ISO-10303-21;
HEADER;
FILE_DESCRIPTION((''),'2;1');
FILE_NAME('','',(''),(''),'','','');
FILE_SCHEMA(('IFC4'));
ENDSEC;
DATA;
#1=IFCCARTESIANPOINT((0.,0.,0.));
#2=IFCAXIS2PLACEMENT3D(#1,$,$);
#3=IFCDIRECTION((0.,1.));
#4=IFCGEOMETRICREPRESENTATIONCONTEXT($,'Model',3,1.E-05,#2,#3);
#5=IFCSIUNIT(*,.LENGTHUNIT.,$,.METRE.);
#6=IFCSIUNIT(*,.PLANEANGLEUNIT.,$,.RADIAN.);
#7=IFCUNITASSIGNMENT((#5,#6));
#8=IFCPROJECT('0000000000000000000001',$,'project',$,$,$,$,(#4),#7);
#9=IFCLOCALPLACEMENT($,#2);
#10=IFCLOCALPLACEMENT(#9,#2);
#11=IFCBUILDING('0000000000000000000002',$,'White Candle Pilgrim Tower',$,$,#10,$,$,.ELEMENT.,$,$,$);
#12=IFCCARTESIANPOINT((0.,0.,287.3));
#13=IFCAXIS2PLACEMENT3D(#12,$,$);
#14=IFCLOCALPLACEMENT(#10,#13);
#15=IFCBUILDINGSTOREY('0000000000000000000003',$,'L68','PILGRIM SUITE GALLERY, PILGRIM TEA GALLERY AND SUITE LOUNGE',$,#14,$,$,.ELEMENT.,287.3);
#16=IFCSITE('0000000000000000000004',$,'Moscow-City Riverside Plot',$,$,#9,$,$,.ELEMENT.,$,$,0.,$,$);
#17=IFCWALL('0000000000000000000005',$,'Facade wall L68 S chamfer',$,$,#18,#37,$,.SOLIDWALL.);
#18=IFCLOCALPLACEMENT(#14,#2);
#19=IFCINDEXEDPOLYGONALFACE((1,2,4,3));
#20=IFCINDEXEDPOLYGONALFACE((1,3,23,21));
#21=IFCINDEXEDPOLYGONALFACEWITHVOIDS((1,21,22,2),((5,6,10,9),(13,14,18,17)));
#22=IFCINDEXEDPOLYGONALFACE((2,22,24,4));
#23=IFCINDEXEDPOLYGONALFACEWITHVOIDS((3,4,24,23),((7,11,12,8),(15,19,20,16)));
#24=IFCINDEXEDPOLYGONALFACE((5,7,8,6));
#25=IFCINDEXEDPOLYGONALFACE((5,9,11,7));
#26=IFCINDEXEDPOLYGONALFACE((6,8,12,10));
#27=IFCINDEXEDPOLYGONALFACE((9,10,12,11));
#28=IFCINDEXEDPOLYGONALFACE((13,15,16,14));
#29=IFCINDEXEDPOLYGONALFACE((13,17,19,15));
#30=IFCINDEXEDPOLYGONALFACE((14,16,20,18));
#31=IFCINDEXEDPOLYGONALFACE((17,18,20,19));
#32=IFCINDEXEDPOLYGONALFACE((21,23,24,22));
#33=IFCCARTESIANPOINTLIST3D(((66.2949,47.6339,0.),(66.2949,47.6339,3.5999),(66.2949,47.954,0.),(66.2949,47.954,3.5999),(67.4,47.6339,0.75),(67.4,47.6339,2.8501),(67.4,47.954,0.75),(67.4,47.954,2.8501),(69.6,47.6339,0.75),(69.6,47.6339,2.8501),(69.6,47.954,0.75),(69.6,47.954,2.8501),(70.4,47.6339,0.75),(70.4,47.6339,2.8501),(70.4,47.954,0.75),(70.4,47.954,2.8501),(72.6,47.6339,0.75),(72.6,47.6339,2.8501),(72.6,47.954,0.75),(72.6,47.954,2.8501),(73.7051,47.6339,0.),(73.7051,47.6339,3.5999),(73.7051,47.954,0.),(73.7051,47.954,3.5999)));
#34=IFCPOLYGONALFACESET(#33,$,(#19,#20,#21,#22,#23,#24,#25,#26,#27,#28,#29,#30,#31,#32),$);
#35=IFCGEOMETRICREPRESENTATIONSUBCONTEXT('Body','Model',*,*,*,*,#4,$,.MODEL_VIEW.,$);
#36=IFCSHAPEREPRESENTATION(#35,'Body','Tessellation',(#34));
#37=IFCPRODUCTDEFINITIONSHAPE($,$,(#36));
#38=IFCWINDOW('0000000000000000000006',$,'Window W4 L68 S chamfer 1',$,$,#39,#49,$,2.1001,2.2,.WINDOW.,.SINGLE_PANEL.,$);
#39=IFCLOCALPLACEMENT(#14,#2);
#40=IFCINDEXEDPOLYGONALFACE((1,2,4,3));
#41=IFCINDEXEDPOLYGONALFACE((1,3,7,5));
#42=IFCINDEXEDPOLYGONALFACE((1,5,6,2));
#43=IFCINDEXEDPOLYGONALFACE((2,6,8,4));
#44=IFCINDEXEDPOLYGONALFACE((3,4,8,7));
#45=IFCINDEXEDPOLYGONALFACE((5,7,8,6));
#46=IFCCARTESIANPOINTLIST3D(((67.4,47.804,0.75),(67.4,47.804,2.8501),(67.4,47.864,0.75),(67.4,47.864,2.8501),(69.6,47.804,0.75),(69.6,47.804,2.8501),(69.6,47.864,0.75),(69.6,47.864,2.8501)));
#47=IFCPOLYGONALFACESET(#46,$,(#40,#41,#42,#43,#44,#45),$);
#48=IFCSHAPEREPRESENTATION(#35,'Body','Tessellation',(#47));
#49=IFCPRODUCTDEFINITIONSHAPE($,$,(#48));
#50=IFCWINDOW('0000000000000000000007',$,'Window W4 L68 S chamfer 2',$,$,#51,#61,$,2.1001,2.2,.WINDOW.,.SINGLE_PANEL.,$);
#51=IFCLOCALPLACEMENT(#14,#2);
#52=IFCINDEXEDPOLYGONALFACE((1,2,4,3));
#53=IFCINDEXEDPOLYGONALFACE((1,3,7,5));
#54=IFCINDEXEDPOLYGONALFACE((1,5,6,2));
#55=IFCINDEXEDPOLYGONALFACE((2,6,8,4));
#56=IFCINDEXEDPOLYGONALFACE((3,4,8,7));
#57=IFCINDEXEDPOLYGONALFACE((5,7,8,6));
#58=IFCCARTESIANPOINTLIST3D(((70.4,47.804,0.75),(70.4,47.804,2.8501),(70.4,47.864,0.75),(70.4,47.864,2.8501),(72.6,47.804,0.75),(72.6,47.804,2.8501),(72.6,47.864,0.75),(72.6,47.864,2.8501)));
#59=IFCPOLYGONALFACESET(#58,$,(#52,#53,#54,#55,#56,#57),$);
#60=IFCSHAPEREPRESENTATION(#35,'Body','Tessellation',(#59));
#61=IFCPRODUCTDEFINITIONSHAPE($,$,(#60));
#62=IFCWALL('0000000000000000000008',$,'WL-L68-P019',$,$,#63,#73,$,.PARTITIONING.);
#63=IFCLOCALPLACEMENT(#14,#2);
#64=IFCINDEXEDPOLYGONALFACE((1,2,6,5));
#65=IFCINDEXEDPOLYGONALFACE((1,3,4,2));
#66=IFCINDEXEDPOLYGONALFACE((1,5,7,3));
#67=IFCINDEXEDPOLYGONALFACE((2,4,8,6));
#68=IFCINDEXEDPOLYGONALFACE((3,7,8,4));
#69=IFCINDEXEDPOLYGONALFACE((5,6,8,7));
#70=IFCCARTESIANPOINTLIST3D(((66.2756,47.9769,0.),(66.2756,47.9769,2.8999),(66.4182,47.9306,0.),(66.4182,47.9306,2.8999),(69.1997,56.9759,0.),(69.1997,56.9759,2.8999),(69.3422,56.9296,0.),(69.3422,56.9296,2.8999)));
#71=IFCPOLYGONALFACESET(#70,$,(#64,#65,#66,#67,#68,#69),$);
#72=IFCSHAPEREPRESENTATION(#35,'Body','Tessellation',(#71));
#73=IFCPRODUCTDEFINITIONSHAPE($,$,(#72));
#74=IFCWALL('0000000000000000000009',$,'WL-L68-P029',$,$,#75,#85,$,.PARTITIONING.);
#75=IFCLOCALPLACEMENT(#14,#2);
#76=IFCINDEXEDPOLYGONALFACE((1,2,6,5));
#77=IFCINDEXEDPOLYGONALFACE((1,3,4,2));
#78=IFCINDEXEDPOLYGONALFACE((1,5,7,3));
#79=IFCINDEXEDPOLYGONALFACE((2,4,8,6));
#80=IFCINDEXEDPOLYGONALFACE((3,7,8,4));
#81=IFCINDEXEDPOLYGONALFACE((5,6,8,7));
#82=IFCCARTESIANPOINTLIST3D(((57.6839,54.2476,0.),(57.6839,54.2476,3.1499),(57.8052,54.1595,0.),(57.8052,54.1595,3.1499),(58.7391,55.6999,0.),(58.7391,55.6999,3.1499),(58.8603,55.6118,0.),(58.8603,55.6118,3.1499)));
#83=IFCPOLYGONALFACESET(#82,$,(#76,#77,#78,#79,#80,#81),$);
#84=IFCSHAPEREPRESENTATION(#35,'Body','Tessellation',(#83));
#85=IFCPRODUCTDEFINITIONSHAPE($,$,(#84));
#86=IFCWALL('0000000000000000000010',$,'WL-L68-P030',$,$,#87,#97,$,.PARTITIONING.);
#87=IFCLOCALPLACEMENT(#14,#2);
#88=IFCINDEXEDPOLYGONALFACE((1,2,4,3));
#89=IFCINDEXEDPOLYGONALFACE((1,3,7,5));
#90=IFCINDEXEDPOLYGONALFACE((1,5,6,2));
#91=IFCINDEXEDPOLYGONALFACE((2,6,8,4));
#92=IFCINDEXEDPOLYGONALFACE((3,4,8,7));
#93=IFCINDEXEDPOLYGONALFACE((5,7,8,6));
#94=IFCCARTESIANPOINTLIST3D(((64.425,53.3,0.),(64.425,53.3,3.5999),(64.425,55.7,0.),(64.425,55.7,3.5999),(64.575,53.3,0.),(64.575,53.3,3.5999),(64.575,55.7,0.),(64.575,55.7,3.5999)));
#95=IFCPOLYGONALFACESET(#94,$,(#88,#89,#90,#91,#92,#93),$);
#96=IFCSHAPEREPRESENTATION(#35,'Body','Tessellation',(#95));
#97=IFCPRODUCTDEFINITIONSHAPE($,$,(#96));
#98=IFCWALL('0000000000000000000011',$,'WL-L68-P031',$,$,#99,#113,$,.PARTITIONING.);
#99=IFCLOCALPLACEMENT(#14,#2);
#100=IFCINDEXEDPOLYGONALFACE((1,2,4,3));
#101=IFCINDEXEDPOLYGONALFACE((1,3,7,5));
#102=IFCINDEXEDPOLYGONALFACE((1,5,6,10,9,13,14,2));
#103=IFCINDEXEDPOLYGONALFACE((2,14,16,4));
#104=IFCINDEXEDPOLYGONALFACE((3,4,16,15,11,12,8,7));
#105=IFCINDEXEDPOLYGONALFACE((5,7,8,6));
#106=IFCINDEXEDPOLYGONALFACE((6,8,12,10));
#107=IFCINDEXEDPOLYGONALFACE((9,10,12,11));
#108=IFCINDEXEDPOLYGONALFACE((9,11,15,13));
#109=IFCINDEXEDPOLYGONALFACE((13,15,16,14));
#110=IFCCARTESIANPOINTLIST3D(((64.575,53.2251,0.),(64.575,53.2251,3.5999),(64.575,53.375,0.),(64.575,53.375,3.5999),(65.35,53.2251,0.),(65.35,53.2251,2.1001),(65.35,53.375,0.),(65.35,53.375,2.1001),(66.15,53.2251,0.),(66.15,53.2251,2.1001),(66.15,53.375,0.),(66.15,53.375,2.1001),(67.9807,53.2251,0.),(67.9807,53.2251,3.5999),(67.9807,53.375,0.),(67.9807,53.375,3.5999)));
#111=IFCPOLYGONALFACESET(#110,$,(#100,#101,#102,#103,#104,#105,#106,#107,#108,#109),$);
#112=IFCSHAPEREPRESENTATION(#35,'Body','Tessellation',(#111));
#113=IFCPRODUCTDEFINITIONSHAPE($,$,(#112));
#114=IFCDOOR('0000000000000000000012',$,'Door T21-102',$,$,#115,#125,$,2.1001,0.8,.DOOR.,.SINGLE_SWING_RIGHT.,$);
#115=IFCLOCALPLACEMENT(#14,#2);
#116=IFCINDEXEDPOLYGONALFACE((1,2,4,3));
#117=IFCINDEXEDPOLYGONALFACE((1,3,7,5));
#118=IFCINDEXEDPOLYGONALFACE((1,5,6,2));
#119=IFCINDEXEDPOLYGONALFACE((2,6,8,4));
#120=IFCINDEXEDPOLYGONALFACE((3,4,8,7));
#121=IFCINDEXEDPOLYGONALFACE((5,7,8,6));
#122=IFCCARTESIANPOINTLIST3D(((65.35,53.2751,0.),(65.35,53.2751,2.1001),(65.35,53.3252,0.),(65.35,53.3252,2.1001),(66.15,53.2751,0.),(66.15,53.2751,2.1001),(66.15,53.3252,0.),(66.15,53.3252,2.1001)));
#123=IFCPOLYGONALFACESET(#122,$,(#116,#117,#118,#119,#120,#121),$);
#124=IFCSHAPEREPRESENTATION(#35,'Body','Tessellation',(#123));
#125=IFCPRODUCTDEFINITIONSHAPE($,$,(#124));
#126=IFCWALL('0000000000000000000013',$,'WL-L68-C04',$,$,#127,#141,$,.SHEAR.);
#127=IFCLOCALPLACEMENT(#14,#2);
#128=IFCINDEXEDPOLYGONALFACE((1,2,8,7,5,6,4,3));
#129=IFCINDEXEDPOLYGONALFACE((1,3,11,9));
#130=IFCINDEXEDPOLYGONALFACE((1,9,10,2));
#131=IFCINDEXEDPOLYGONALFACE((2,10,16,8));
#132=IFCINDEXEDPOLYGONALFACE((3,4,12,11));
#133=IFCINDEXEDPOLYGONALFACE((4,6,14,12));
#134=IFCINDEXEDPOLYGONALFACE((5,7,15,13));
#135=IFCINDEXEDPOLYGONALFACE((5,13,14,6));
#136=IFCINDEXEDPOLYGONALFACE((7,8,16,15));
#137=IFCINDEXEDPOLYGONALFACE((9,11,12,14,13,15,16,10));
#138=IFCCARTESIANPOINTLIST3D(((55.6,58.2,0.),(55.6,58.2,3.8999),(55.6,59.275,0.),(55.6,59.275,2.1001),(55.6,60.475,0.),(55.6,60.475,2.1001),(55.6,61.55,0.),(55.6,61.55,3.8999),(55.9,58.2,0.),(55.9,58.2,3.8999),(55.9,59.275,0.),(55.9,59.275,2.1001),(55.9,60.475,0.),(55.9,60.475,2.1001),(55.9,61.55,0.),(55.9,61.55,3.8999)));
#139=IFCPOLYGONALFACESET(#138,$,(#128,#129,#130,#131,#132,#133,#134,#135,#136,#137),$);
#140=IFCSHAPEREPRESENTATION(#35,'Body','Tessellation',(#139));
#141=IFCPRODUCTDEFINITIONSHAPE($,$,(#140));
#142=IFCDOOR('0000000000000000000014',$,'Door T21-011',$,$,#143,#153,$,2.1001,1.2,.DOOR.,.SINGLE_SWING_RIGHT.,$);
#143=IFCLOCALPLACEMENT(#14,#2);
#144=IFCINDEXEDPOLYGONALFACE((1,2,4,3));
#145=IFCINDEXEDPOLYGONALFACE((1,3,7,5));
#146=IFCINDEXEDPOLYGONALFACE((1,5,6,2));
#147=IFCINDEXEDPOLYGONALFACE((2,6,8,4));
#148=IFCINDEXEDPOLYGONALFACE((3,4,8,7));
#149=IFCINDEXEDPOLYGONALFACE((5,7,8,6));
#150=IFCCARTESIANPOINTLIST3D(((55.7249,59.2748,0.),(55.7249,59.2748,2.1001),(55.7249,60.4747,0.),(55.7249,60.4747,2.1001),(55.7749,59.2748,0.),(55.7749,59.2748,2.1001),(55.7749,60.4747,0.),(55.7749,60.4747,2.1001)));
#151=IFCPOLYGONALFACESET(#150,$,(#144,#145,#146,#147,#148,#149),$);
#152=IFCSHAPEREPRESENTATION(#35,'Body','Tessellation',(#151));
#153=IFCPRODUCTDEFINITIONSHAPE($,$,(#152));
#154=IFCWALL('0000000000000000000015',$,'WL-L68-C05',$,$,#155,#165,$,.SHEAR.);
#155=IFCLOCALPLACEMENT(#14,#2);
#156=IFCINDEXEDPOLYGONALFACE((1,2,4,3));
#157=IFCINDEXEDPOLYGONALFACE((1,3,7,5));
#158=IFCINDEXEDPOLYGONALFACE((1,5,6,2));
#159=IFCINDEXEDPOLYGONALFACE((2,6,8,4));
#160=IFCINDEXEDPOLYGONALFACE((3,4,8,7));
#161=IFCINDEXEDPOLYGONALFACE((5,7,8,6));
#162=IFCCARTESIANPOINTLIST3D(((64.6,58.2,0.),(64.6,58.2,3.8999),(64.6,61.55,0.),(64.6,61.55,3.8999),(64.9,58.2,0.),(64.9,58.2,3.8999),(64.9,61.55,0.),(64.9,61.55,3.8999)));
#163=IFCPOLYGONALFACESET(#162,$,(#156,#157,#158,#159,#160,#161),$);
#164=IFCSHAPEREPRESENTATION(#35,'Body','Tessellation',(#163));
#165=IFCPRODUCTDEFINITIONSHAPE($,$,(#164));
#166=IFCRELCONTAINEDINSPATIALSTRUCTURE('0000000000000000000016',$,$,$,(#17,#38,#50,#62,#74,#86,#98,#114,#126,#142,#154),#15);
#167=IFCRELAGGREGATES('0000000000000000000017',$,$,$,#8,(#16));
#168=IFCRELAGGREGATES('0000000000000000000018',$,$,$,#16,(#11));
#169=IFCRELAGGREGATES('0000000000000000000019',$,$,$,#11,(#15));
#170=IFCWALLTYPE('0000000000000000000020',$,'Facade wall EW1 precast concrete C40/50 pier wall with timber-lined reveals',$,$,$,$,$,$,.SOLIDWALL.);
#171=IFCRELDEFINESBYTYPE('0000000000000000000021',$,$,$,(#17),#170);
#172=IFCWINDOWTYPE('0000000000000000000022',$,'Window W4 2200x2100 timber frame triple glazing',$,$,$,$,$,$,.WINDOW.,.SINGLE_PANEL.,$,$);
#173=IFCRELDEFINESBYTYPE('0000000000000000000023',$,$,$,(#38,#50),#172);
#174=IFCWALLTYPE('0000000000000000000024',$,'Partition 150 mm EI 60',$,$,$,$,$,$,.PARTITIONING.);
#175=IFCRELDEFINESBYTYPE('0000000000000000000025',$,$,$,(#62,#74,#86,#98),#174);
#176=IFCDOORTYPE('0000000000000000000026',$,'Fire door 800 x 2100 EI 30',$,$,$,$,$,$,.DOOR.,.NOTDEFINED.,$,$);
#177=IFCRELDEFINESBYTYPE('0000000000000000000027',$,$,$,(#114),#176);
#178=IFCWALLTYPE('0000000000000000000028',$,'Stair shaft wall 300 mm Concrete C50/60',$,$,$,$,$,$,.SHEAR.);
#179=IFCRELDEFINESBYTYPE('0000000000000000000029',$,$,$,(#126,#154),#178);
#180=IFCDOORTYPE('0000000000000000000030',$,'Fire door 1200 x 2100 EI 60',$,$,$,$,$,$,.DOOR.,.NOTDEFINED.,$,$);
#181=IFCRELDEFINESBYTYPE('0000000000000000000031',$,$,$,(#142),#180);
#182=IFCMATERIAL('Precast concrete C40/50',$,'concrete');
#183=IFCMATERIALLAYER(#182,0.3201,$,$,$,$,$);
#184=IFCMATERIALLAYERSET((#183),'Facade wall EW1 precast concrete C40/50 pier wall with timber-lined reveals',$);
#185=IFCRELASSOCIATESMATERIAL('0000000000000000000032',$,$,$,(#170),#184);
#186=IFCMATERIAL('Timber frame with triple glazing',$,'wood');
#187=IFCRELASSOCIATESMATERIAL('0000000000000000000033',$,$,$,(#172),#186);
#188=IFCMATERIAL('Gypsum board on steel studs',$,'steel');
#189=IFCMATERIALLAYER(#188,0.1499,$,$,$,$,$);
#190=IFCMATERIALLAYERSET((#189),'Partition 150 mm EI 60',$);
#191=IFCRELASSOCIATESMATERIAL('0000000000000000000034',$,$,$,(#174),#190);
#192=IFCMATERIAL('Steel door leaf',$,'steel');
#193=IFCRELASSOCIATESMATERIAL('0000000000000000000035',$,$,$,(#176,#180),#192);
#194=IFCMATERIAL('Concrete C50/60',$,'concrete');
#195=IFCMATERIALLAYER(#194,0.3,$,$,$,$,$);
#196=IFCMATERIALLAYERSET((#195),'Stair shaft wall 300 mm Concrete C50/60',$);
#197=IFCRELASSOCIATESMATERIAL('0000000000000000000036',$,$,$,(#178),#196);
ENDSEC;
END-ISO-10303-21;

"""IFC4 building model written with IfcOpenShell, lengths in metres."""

from ifc_helpers import new_model, si_unit, direction, frame, frame_2d, origin, place, context, subcontext, project, spatial, rectangle, extrude, material, layer, layer_set, type_object, element, fill, save


model = new_model("IFC4")

# Units and contexts
model_context = context("Model", 3, precision=1e-05, world=origin(), true_north=direction((0.0, 1.0)))
body_context = subcontext(model_context, "Body", "Model", "MODEL_VIEW")
ifc_project = project(units=[si_unit("LENGTHUNIT", "METRE"), si_unit("PLANEANGLEUNIT", "RADIAN")], contexts=[model_context])

# Site, building, storey
site_placement = place(None, origin())
site = spatial("IfcSite", under=ifc_project, at=site_placement, Name="Moscow-City Riverside Plot", CompositionType="ELEMENT", RefElevation=0.0)
building_placement = place(site_placement, origin())
building = spatial("IfcBuilding", under=site, at=building_placement, Name="White Candle Pilgrim Tower", CompositionType="ELEMENT")
storey_placement = place(building_placement, frame((0.0, 0.0, 287.3)))
storey = spatial("IfcBuildingStorey", under=building, at=storey_placement, Name="L68", Description="PILGRIM SUITE GALLERY, PILGRIM TEA GALLERY AND SUITE LOUNGE", CompositionType="ELEMENT", Elevation=287.3)

# Shared definitions
ifc_material_1 = material(Name="Concrete C50/60", Category="concrete")

# Shared definitions
ifc_material_2 = material(Name="Gypsum board on steel studs", Category="steel")
ifc_material_3 = material(Name="Steel door leaf", Category="steel")

# Wall, openings, windows
ifc_material_4 = material(Name="Precast concrete C40/50", Category="concrete")
ifc_layer_1 = layer(ifc_material_4, 0.3201)
ifc_layer_set_1 = layer_set([ifc_layer_1], Name="Facade wall EW1 precast concrete C40/50 pier wall with timber-lined reveals")
wall_type_1 = type_object("IfcWallType", Name="Facade wall EW1 precast concrete C40/50 pier wall with timber-lined reveals", PredefinedType="SOLIDWALL", material=ifc_layer_set_1)
wall_1_placement = place(storey_placement, frame((66.2949, 47.7939, 0.0), z_axis=(0.0, 0.0, 1.0), x_axis=(1.0, 0.0, 0.0)))
wall_1 = element("IfcWall", 1, at=wall_1_placement, inside=storey, type_object=wall_type_1, Name="Facade wall L68 S chamfer", PredefinedType="SOLIDWALL", context=body_context, shape_type="SweptSolid", body=[
    extrude(rectangle(XDim=7.4102, YDim=0.3201, at=frame_2d((3.7051, 0.0))), origin(), (0.0, 0.0, 1.0), 3.5999),
])
opening_1_placement = place(wall_1_placement, frame((1.105, 0.0, 0.75)))
opening_1 = element("IfcOpeningElement", 2, at=opening_1_placement, cuts=wall_1, PredefinedType="OPENING", context=body_context, shape_type="SweptSolid", body=[
    extrude(rectangle(XDim=2.2, YDim=2.1001, at=frame_2d((1.1001, 1.05))), frame((0.0, 0.1699, 0.0), z_axis=(0.0, -1.0, 0.0), x_axis=(1.0, 0.0, 0.0)), (0.0, 0.0, 1.0), 0.3401),
])
opening_2_placement = place(wall_1_placement, frame((4.105, 0.0, 0.75)))
opening_2 = element("IfcOpeningElement", 3, at=opening_2_placement, cuts=wall_1, PredefinedType="OPENING", context=body_context, shape_type="SweptSolid", body=[
    extrude(rectangle(XDim=2.2, YDim=2.1001, at=frame_2d((1.1001, 1.05))), frame((0.0, 0.1699, 0.0), z_axis=(0.0, -1.0, 0.0), x_axis=(1.0, 0.0, 0.0)), (0.0, 0.0, 1.0), 0.3401),
])
ifc_material_5 = material(Name="Timber frame with triple glazing", Category="wood")
window_type = type_object("IfcWindowType", Name="Window W4 2200x2100 timber frame triple glazing", PartitioningType="SINGLE_PANEL", PredefinedType="WINDOW", material=ifc_material_5)
window_1_placement = place(opening_1_placement, origin())
window_1 = element("IfcWindow", 4, at=window_1_placement, inside=storey, type_object=window_type, Name="Window W4 L68 S chamfer 1", OverallHeight=2.1001, OverallWidth=2.2, PartitioningType="SINGLE_PANEL", PredefinedType="WINDOW", context=body_context, shape_type="SweptSolid", body=[
    extrude(rectangle(XDim=2.2, YDim=2.1001, at=frame_2d((1.1001, 1.05))), frame((0.0, 0.0701, 0.0), z_axis=(0.0, -1.0, 0.0), x_axis=(1.0, 0.0, 0.0)), (0.0, 0.0, 1.0), 0.0601),
])
fill(opening_1, window_1)
window_2_placement = place(opening_2_placement, origin())
window_2 = element("IfcWindow", 5, at=window_2_placement, inside=storey, type_object=window_type, Name="Window W4 L68 S chamfer 2", OverallHeight=2.1001, OverallWidth=2.2, PartitioningType="SINGLE_PANEL", PredefinedType="WINDOW", context=body_context, shape_type="SweptSolid", body=[
    extrude(rectangle(XDim=2.2, YDim=2.1001, at=frame_2d((1.1001, 1.05))), frame((0.0, 0.0701, 0.0), z_axis=(0.0, -1.0, 0.0), x_axis=(1.0, 0.0, 0.0)), (0.0, 0.0, 1.0), 0.0601),
])
fill(opening_2, window_2)

# Walls
ifc_layer_2 = layer(ifc_material_2, 0.1499)
ifc_layer_set_2 = layer_set([ifc_layer_2], Name="Partition 150 mm EI 60")
wall_type_2 = type_object("IfcWallType", Name="Partition 150 mm EI 60", PredefinedType="PARTITIONING", material=ifc_layer_set_2)
wall_2_placement = place(storey_placement, frame((66.3469, 47.9539, 0.0), z_axis=(0.0, 0.0, 1.0), x_axis=(0.309028, 0.951053, 0.0)))
element("IfcWall", 6, at=wall_2_placement, inside=storey, type_object=wall_type_2, Name="WL-L68-P019", PredefinedType="PARTITIONING", context=body_context, shape_type="SweptSolid", body=[
    extrude(rectangle(XDim=9.4622, YDim=0.1499, at=frame_2d((4.731, 0.0))), origin(), (0.0, 0.0, 1.0), 2.8999),
])
wall_3_placement = place(storey_placement, frame((57.7446, 54.2036, 0.0), z_axis=(0.0, 0.0, 1.0), x_axis=(0.587767, 0.80903, 0.0)))
element("IfcWall", 7, at=wall_3_placement, inside=storey, type_object=wall_type_2, Name="WL-L68-P029", PredefinedType="PARTITIONING", context=body_context, shape_type="SweptSolid", body=[
    extrude(rectangle(XDim=1.7952, YDim=0.1499, at=frame_2d((0.8975, 0.0))), origin(), (0.0, 0.0, 1.0), 3.1499),
])
wall_4_placement = place(storey_placement, frame((64.5, 55.7, 0.0), z_axis=(0.0, 0.0, 1.0), x_axis=(0.0, -1.0, 0.0)))
element("IfcWall", 8, at=wall_4_placement, inside=storey, type_object=wall_type_2, Name="WL-L68-P030", PredefinedType="PARTITIONING", context=body_context, shape_type="SweptSolid", body=[
    extrude(rectangle(XDim=2.3999, YDim=0.1499, at=frame_2d((1.2, 0.0))), origin(), (0.0, 0.0, 1.0), 3.5999),
])

# Walls, openings, doors
wall_5_placement = place(storey_placement, frame((67.9807, 53.3, 0.0), z_axis=(0.0, 0.0, 1.0), x_axis=(-1.0, 0.0, 0.0)))
wall_5 = element("IfcWall", 9, at=wall_5_placement, inside=storey, type_object=wall_type_2, Name="WL-L68-P031", PredefinedType="PARTITIONING", context=body_context, shape_type="SweptSolid", body=[
    extrude(rectangle(XDim=3.4058, YDim=0.1499, at=frame_2d((1.7029, 0.0))), origin(), (0.0, 0.0, 1.0), 3.5999),
])
opening_3_placement = place(wall_5_placement, frame((1.8308, 0.0, 0.0)))
opening_3 = element("IfcOpeningElement", 10, at=opening_3_placement, cuts=wall_5, PredefinedType="OPENING", context=body_context, shape_type="SweptSolid", body=[
    extrude(rectangle(XDim=0.8, YDim=2.1001, at=frame_2d((0.3999, 1.05))), frame((0.0, 0.085, 0.0), z_axis=(0.0, -1.0, 0.0), x_axis=(1.0, 0.0, 0.0)), (0.0, 0.0, 1.0), 0.1699),
])
door_type_1 = type_object("IfcDoorType", Name="Fire door 800 x 2100 EI 30", OperationType="NOTDEFINED", PredefinedType="DOOR", material=ifc_material_3)
door_1_placement = place(opening_3_placement, origin())
door_1 = element("IfcDoor", 11, at=door_1_placement, inside=storey, type_object=door_type_1, Name="Door T21-102", OperationType="SINGLE_SWING_RIGHT", OverallHeight=2.1001, OverallWidth=0.8, PredefinedType="DOOR", context=body_context, shape_type="SweptSolid", body=[
    extrude(rectangle(XDim=0.8, YDim=2.1001, at=frame_2d((0.3999, 1.05))), frame((0.0, 0.0249, 0.0), z_axis=(0.0, -1.0, 0.0), x_axis=(1.0, 0.0, 0.0)), (0.0, 0.0, 1.0), 0.05),
])
fill(opening_3, door_1)
ifc_layer_3 = layer(ifc_material_1, 0.3)
ifc_layer_set_3 = layer_set([ifc_layer_3], Name="Stair shaft wall 300 mm Concrete C50/60")
wall_type_3 = type_object("IfcWallType", Name="Stair shaft wall 300 mm Concrete C50/60", PredefinedType="SHEAR", material=ifc_layer_set_3)
wall_6_placement = place(storey_placement, frame((55.75, 58.2, 0.0), z_axis=(0.0, 0.0, 1.0), x_axis=(0.0, 1.0, 0.0)))
wall_6 = element("IfcWall", 12, at=wall_6_placement, inside=storey, type_object=wall_type_3, Name="WL-L68-C04", PredefinedType="SHEAR", context=body_context, shape_type="SweptSolid", body=[
    extrude(rectangle(XDim=3.3501, YDim=0.3, at=frame_2d((1.675, 0.0))), origin(), (0.0, 0.0, 1.0), 3.8999),
])
opening_4_placement = place(wall_6_placement, frame((1.075, 0.0, 0.0)))
opening_4 = element("IfcOpeningElement", 13, at=opening_4_placement, cuts=wall_6, PredefinedType="OPENING", context=body_context, shape_type="SweptSolid", body=[
    extrude(rectangle(XDim=1.2, YDim=2.1001, at=frame_2d((0.6001, 1.05))), frame((0.0, 0.1599, 0.0), z_axis=(0.0, -1.0, 0.0), x_axis=(1.0, 0.0, 0.0)), (0.0, 0.0, 1.0), 0.3201),
])
door_type_2 = type_object("IfcDoorType", Name="Fire door 1200 x 2100 EI 60", OperationType="NOTDEFINED", PredefinedType="DOOR", material=ifc_material_3)
door_2_placement = place(opening_4_placement, frame((1.2, 0.0, 0.0), z_axis=(0.0, 0.0, 1.0), x_axis=(-1.0, 0.0, 0.0)))
door_2 = element("IfcDoor", 14, at=door_2_placement, inside=storey, type_object=door_type_2, Name="Door T21-011", OperationType="SINGLE_SWING_RIGHT", OverallHeight=2.1001, OverallWidth=1.2, PredefinedType="DOOR", context=body_context, shape_type="SweptSolid", body=[
    extrude(rectangle(XDim=1.2, YDim=2.1001, at=frame_2d((0.6001, 1.05))), frame((0.0, 0.0249, 0.0), z_axis=(0.0, -1.0, 0.0), x_axis=(1.0, 0.0, 0.0)), (0.0, 0.0, 1.0), 0.05),
])
fill(opening_4, door_2)

# Wall
wall_7_placement = place(storey_placement, frame((64.75, 58.2, 0.0), z_axis=(0.0, 0.0, 1.0), x_axis=(0.0, 1.0, 0.0)))
element("IfcWall", 15, at=wall_7_placement, inside=storey, type_object=wall_type_3, Name="WL-L68-C05", PredefinedType="SHEAR", context=body_context, shape_type="SweptSolid", body=[
    extrude(rectangle(XDim=3.3501, YDim=0.3, at=frame_2d((1.675, 0.0))), origin(), (0.0, 0.0, 1.0), 3.8999),
])

save(model, "model.ifc")
